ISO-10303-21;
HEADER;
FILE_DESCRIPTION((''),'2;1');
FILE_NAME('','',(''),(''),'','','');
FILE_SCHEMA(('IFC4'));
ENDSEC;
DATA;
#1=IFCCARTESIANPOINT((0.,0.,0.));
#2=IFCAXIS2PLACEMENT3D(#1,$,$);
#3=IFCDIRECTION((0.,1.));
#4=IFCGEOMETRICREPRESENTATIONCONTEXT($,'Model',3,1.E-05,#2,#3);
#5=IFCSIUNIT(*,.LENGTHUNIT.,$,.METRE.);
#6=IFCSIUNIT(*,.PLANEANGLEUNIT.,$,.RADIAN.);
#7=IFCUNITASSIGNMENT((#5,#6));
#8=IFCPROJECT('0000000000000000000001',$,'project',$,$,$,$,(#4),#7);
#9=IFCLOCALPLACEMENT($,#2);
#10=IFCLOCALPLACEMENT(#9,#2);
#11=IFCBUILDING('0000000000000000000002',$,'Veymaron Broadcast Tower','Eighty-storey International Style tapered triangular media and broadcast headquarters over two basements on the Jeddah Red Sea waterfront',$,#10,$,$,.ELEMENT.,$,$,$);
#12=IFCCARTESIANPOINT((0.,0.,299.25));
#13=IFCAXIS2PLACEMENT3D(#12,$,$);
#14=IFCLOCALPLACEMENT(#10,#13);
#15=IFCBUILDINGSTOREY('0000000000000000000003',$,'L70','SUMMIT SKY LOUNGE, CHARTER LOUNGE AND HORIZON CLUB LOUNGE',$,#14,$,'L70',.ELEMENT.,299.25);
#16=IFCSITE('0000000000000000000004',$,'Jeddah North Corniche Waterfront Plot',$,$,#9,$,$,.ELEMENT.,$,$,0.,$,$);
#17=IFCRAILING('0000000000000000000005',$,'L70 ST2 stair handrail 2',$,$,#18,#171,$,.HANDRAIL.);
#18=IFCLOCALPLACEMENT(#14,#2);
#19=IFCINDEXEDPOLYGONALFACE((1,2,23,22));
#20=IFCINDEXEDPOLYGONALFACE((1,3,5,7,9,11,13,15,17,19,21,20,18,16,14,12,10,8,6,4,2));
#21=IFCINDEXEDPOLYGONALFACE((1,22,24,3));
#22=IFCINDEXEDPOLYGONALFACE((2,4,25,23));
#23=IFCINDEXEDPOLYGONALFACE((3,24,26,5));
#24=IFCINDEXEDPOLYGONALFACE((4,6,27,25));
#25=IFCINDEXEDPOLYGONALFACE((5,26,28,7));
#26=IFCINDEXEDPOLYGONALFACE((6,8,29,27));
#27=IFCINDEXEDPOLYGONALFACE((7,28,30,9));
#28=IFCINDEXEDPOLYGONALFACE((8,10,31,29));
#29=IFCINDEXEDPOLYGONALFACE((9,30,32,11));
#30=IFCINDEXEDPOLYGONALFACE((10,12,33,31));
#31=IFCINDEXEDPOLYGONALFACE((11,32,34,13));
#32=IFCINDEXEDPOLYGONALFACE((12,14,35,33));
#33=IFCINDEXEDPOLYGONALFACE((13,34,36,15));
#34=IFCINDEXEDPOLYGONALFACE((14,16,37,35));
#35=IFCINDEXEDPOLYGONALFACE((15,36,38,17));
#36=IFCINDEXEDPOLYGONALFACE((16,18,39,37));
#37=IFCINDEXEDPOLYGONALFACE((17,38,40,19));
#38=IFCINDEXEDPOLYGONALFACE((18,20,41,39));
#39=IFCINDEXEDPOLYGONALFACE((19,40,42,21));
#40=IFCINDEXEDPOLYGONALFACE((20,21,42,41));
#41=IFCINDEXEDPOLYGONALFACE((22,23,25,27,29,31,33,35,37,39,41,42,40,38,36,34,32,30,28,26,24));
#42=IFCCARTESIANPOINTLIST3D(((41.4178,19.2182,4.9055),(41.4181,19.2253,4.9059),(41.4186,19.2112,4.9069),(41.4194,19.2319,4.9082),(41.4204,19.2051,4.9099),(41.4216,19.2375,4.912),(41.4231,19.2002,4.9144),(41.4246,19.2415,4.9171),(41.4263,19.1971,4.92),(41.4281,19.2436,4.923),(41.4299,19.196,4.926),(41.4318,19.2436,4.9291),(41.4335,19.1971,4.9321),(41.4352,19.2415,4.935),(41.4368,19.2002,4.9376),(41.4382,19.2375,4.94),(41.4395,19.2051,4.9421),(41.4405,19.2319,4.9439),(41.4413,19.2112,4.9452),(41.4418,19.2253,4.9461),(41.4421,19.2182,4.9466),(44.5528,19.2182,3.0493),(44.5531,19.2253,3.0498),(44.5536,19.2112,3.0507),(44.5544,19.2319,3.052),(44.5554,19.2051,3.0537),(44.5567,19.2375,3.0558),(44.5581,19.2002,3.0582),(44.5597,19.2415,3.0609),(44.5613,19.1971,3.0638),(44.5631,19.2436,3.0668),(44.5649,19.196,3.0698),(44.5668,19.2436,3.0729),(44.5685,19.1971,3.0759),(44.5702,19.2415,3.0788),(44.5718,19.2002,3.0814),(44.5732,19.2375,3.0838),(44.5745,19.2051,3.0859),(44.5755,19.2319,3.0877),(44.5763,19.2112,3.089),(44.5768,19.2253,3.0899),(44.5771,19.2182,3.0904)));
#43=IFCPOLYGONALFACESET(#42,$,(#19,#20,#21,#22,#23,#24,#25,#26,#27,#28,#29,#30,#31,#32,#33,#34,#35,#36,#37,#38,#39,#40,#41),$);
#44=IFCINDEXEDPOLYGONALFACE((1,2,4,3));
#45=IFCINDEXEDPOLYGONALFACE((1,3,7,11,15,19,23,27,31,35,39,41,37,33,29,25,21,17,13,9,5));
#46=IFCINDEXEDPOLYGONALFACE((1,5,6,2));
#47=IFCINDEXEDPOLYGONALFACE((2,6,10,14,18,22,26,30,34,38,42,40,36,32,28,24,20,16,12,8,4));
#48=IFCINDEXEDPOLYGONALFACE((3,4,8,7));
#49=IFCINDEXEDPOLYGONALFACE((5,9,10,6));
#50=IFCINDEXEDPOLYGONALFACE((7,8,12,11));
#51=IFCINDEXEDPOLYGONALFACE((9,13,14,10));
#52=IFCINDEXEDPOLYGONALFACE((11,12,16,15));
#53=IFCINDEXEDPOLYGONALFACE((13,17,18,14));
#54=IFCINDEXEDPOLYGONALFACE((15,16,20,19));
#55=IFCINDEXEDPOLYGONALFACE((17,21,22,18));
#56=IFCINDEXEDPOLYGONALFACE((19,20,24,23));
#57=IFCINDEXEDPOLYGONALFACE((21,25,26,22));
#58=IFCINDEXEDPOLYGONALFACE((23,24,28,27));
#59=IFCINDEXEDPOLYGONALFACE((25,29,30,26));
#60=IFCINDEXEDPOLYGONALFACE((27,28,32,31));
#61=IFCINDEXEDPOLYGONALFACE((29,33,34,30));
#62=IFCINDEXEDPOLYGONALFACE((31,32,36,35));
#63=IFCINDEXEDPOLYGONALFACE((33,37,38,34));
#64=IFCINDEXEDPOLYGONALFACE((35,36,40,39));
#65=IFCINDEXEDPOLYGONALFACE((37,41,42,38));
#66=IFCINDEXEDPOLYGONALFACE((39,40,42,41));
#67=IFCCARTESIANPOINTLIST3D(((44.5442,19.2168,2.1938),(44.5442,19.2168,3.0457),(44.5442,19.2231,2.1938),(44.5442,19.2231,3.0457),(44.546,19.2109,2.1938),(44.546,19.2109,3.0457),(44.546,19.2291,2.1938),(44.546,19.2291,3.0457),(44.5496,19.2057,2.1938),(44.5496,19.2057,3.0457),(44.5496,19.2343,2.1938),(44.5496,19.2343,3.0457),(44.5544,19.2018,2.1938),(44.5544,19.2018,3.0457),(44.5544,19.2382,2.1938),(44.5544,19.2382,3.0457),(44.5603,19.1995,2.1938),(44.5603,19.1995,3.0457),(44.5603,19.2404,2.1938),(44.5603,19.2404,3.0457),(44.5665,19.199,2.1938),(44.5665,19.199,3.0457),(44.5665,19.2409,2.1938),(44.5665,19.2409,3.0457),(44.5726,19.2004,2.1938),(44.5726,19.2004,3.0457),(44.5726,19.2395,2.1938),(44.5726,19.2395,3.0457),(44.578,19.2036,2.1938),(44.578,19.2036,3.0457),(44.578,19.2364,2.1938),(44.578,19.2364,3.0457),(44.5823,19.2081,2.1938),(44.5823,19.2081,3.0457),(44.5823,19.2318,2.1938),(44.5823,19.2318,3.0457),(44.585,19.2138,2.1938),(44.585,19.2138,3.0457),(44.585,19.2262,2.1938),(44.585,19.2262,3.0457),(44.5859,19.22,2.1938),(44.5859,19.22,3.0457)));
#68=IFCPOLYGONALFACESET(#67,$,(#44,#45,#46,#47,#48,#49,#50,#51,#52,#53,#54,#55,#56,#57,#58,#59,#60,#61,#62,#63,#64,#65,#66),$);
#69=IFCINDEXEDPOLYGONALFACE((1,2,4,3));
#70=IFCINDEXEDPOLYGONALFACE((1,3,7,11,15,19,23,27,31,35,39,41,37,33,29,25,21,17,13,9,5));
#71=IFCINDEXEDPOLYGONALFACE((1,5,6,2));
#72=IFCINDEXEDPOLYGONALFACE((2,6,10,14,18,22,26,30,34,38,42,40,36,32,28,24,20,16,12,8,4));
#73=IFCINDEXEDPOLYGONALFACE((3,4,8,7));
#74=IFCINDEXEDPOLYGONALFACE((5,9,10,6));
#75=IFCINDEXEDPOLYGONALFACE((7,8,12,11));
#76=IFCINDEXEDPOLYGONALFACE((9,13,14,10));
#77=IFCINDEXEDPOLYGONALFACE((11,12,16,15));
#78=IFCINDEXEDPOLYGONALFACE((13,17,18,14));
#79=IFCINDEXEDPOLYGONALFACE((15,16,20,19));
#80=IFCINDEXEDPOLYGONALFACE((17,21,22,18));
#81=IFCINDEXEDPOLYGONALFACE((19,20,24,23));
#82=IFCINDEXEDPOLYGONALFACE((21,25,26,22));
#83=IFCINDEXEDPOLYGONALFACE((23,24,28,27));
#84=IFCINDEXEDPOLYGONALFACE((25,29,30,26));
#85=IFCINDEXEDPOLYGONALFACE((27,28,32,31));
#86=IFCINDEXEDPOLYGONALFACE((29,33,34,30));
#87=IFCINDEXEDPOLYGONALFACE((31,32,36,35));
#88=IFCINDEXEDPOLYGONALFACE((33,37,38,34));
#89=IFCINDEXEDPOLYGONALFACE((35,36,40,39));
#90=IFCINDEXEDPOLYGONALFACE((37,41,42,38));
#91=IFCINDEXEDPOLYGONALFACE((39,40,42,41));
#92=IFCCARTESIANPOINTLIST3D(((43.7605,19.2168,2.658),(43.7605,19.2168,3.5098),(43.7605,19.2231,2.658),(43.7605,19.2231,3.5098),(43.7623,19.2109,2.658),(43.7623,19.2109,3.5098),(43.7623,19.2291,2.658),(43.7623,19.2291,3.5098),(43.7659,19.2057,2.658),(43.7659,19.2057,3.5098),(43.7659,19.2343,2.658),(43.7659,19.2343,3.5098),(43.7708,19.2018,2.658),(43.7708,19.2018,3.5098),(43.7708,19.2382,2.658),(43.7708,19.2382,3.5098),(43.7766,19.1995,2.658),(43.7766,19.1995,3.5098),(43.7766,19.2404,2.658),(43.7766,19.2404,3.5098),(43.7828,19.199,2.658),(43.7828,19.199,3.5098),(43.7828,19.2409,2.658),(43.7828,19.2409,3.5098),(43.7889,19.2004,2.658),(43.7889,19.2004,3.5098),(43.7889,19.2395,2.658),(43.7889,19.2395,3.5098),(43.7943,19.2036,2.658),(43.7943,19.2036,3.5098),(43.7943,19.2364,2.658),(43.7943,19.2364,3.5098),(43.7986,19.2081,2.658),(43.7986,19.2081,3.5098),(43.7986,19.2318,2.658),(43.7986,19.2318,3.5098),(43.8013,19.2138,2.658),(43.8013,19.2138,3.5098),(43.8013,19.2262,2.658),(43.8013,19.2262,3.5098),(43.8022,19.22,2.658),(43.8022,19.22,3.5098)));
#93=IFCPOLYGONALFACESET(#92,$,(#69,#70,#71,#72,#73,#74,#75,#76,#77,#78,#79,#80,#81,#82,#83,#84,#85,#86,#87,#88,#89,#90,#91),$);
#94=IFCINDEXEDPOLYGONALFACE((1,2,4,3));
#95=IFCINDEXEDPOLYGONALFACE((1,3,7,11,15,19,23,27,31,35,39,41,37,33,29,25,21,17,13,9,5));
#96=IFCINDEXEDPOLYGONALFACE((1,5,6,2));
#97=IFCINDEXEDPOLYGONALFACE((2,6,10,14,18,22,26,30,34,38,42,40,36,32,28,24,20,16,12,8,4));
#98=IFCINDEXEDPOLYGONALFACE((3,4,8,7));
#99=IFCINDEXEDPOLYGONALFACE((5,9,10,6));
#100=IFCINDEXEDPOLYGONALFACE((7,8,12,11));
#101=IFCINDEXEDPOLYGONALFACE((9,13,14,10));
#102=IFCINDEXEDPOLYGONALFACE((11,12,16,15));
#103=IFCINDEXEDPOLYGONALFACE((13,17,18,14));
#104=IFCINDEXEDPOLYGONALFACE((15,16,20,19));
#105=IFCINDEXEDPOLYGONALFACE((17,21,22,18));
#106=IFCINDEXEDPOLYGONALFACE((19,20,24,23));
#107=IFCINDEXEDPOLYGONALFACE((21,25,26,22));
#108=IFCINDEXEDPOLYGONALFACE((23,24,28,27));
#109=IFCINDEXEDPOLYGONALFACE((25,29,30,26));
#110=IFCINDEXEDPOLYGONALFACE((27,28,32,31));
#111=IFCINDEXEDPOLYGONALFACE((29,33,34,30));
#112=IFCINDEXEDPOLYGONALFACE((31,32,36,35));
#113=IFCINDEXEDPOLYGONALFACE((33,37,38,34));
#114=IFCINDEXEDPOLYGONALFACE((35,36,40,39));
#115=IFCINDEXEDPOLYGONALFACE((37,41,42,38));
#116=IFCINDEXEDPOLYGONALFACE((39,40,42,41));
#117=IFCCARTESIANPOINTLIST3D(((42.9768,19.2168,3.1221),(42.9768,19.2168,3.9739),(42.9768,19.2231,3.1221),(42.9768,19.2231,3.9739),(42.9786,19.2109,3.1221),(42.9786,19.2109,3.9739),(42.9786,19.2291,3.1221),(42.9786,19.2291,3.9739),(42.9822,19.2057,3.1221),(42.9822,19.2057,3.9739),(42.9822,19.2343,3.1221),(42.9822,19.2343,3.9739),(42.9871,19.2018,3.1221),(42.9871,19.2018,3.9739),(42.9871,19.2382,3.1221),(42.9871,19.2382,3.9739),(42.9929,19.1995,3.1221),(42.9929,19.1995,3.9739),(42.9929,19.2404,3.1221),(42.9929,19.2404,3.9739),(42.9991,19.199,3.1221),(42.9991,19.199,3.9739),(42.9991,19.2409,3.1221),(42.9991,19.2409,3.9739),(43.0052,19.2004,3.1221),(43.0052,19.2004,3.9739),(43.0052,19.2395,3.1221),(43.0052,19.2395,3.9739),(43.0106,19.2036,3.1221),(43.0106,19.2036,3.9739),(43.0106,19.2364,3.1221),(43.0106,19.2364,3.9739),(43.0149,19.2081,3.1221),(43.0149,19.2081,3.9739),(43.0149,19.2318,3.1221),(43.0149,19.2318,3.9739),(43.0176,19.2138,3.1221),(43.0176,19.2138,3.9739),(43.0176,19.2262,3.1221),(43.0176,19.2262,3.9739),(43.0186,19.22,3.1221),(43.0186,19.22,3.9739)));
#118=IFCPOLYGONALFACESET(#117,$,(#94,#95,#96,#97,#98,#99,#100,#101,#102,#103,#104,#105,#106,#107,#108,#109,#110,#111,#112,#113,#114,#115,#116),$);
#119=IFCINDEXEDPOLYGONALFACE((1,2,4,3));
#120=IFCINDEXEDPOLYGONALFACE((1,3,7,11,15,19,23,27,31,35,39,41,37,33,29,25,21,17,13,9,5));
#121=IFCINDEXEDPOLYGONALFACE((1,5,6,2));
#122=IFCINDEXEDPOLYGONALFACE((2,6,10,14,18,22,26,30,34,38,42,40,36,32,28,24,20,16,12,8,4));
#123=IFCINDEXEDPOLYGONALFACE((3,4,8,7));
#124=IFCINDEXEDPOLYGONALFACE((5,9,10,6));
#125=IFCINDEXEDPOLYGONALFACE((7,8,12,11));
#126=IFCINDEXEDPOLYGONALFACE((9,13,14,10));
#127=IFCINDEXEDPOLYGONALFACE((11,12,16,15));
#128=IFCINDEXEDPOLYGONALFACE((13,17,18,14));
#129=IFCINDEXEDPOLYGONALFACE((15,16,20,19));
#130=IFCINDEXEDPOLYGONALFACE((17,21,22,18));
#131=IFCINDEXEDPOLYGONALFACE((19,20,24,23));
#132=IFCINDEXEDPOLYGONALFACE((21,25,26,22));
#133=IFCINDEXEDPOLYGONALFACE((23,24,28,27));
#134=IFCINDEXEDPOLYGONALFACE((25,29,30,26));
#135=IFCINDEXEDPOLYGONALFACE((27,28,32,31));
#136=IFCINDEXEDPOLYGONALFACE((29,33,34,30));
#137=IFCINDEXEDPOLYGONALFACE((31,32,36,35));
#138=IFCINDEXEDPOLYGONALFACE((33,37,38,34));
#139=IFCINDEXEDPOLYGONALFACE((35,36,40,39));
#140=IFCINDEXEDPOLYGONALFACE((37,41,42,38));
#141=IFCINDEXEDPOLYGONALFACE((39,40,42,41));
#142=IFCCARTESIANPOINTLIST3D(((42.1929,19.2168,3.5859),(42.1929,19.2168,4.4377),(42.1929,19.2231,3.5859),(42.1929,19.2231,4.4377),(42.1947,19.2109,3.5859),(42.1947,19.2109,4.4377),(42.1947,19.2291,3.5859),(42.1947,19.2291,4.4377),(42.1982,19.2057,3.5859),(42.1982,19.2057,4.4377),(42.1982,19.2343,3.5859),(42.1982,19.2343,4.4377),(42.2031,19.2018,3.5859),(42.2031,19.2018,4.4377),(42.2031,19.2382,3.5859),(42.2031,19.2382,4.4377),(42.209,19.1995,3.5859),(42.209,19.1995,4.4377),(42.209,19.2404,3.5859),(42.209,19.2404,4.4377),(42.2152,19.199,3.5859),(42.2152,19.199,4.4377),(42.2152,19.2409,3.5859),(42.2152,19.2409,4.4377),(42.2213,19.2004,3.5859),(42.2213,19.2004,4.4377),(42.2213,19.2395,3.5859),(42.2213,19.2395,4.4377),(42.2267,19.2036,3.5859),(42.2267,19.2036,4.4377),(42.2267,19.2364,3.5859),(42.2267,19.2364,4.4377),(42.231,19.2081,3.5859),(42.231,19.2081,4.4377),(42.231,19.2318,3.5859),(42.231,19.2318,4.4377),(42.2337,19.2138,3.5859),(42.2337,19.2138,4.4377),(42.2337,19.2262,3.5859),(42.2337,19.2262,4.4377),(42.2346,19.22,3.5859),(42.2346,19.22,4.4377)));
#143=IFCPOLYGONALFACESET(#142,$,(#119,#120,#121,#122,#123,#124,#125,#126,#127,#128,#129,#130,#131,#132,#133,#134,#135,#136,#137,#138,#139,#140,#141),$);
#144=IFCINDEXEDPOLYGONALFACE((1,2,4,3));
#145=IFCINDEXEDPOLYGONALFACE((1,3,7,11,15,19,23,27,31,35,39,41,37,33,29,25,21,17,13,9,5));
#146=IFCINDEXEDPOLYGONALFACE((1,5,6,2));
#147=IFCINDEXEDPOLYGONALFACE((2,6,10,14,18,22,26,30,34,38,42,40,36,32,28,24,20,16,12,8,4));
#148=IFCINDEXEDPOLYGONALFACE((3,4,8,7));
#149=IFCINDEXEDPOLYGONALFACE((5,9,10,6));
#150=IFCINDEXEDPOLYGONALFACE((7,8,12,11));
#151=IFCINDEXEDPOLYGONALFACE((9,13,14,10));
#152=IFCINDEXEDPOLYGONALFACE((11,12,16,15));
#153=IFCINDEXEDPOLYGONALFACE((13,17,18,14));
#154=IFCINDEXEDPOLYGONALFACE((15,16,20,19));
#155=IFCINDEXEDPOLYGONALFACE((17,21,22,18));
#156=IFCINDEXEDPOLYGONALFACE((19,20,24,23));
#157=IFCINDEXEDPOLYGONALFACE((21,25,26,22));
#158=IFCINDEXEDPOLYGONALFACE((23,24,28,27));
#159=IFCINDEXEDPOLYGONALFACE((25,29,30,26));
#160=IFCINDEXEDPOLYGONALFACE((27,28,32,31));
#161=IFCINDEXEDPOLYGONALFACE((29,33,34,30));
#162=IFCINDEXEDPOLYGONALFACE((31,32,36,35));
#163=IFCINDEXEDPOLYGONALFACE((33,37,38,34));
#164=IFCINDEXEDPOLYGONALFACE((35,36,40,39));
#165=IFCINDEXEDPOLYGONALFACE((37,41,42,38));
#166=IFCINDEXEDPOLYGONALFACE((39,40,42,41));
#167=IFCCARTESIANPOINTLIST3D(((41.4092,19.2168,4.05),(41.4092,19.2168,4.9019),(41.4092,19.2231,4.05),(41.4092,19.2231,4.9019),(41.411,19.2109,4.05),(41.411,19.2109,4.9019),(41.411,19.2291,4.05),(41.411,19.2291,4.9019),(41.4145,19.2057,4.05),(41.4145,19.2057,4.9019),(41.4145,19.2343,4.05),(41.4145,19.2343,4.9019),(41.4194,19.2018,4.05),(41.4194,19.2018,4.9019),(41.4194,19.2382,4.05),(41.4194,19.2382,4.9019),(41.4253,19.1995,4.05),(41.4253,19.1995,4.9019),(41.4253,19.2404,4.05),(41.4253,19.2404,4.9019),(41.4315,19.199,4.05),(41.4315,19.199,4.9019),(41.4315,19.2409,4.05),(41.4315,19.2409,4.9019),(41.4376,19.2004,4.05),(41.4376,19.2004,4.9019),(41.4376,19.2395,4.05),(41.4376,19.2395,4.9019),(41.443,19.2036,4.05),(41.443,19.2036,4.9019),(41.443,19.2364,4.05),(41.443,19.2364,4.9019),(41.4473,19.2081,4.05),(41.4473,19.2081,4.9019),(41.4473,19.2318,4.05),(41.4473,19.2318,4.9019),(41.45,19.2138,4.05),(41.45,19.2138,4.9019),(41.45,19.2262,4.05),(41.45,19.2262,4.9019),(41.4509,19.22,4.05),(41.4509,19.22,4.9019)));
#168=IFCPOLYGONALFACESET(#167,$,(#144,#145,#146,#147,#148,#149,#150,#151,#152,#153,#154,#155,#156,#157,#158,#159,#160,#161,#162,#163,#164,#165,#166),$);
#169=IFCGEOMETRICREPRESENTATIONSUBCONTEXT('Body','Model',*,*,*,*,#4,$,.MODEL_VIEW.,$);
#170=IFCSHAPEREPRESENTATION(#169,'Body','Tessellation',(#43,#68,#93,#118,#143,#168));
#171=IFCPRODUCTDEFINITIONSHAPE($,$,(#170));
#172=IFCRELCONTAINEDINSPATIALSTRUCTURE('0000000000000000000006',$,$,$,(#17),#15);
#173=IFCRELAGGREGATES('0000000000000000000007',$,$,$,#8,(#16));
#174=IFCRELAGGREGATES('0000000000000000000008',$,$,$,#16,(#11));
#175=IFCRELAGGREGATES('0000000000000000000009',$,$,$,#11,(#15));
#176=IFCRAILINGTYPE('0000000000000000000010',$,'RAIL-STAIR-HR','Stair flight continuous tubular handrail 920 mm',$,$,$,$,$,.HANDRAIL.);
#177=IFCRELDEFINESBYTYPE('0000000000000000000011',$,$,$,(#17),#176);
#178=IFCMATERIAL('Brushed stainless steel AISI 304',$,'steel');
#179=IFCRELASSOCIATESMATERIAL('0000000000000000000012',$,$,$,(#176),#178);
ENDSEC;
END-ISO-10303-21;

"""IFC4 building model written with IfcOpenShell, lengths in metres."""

from ifc_helpers import new_model, si_unit, direction, frame, origin, origin_2d, place, context, subcontext, project, spatial, circle, extrude, material, type_object, element, save


model = new_model("IFC4")

# Units and contexts
model_context = context("Model", 3, precision=1e-05, world=origin(), true_north=direction((0.0, 1.0)))
body_context = subcontext(model_context, "Body", "Model", "MODEL_VIEW")
ifc_project = project(units=[si_unit("LENGTHUNIT", "METRE"), si_unit("PLANEANGLEUNIT", "RADIAN")], contexts=[model_context])

# Site, building, storey
site_placement = place(None, origin())
site = spatial("IfcSite", under=ifc_project, at=site_placement, Name="Jeddah North Corniche Waterfront Plot", CompositionType="ELEMENT", RefElevation=0.0)
building_placement = place(site_placement, origin())
building = spatial("IfcBuilding", under=site, at=building_placement, Name="Veymaron Broadcast Tower", Description="Eighty-storey International Style tapered triangular media and broadcast headquarters over two basements on the Jeddah Red Sea waterfront", CompositionType="ELEMENT")
storey_placement = place(building_placement, frame((0.0, 0.0, 299.25)))
storey = spatial("IfcBuildingStorey", under=building, at=storey_placement, Name="L70", Description="SUMMIT SKY LOUNGE, CHARTER LOUNGE AND HORIZON CLUB LOUNGE", LongName="L70", CompositionType="ELEMENT", Elevation=299.25)

# Shared definitions
ifc_material_1 = material(Name="Brushed stainless steel AISI 304", Category="steel")

# Railing
railing_type_1 = type_object("IfcRailingType", Name="RAIL-STAIR-HR", Description="Stair flight continuous tubular handrail 920 mm", PredefinedType="HANDRAIL", material=ifc_material_1)
railing_1_placement = place(storey_placement, frame((44.5649, 19.22, 2.1938)))
element("IfcRailing", 1, at=railing_1_placement, inside=storey, type_object=railing_type_1, Name="L70 ST2 stair handrail 2", PredefinedType="HANDRAIL", context=body_context, shape_type="SweptSolid", body=[
    extrude(circle(Radius=0.0239, at=origin_2d()), frame((0.0, 0.0, 0.876), z_axis=(-0.860482, 0.0, 0.509481), x_axis=(0.0, -1.0, 0.0)), (0.0, 0.0, 1.0), 3.6433),
    extrude(circle(Radius=0.021, at=origin_2d()), origin(), (0.0, 0.0, 1.0), 0.8518),
    extrude(circle(Radius=0.021, at=origin_2d()), frame((-0.7837, 0.0, 0.4641)), (0.0, 0.0, 1.0), 0.8518),
    extrude(circle(Radius=0.021, at=origin_2d()), frame((-1.5674, 0.0, 0.9282)), (0.0, 0.0, 1.0), 0.8518),
    extrude(circle(Radius=0.021, at=origin_2d()), frame((-2.3513, 0.0, 1.3921)), (0.0, 0.0, 1.0), 0.8518),
    extrude(circle(Radius=0.021, at=origin_2d()), frame((-3.135, 0.0, 1.8562)), (0.0, 0.0, 1.0), 0.8518),
])

save(model, "model.ifc")
